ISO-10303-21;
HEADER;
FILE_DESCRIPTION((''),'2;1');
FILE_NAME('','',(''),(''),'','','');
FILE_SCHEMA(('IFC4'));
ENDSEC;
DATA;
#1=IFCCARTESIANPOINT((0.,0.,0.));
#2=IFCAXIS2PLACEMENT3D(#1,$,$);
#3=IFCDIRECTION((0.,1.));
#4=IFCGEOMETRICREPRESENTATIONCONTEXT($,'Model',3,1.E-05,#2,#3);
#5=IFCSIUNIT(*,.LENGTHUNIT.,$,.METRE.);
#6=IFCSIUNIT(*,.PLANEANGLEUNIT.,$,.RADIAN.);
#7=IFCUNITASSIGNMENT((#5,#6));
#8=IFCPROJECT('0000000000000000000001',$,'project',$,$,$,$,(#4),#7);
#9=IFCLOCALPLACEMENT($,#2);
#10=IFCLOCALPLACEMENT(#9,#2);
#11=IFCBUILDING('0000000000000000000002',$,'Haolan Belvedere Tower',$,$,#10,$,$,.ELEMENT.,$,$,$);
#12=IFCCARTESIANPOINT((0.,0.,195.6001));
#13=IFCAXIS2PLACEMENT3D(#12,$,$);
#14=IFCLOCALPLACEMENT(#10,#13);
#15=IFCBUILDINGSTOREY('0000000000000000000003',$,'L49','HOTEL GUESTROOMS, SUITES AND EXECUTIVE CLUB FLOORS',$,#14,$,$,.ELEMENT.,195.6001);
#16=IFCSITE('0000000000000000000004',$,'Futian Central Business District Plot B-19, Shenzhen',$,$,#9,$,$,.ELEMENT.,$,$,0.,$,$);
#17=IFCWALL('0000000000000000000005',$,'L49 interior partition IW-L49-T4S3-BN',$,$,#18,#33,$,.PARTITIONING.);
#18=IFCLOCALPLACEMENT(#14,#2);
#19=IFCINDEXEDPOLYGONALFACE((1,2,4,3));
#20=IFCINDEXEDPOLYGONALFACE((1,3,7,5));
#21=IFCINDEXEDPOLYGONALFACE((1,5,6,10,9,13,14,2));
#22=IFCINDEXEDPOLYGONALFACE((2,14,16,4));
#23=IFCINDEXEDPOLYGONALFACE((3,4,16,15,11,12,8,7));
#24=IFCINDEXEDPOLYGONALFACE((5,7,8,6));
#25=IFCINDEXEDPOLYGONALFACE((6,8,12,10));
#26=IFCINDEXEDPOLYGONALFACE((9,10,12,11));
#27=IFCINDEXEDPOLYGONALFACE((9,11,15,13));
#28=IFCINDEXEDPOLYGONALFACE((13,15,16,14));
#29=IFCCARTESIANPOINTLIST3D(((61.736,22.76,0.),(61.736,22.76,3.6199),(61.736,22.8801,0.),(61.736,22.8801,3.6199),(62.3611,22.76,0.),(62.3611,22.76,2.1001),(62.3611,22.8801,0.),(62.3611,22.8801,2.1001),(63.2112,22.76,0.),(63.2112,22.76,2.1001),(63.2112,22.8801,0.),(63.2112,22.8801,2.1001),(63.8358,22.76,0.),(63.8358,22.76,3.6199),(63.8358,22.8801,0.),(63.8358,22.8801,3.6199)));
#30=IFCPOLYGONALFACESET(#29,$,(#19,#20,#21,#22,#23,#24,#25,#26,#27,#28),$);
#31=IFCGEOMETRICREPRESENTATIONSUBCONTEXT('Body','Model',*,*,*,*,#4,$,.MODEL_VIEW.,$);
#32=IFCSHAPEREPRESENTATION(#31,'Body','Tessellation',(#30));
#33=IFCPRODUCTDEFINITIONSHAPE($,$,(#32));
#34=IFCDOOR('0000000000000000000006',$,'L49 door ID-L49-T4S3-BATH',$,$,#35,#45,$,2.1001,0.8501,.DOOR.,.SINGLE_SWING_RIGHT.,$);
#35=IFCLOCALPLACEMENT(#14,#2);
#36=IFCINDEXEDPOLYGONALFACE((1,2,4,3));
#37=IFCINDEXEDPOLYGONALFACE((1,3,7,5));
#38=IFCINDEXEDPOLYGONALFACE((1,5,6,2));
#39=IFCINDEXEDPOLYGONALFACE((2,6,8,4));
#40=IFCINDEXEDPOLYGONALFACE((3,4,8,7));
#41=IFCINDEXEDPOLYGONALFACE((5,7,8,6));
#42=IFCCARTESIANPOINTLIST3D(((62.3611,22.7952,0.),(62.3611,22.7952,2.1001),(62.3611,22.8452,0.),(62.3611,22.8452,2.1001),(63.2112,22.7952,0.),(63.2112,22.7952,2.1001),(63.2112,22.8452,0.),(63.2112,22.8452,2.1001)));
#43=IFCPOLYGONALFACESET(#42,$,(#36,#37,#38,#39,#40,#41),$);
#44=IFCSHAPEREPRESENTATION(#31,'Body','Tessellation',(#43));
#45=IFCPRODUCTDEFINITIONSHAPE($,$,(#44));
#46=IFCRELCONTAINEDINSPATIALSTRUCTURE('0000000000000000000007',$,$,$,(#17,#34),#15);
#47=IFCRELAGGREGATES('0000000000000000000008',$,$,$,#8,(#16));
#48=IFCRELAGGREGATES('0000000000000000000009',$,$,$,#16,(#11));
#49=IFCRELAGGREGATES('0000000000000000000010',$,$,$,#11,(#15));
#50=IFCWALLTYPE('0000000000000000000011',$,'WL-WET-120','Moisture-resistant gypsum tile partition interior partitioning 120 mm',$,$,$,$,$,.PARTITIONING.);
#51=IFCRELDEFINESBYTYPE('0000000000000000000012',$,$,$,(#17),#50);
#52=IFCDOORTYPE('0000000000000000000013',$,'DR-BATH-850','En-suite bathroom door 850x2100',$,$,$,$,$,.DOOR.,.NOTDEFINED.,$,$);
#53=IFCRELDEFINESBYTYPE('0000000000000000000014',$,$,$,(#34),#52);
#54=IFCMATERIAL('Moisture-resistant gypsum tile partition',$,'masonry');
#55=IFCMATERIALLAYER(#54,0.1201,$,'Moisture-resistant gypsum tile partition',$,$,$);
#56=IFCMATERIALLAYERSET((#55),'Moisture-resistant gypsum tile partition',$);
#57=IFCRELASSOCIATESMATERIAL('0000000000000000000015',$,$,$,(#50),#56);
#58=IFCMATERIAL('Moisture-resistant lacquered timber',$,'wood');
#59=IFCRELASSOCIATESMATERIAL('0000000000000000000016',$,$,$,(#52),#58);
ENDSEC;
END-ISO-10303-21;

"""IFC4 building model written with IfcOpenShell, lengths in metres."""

from ifc_helpers import new_model, si_unit, direction, frame, frame_2d, origin, place, context, subcontext, project, spatial, rectangle, extrude, material, layer, layer_set, type_object, element, fill, save


model = new_model("IFC4")

# Units and contexts
model_context = context("Model", 3, precision=1e-05, world=origin(), true_north=direction((0.0, 1.0)))
body_context = subcontext(model_context, "Body", "Model", "MODEL_VIEW")
ifc_project = project(units=[si_unit("LENGTHUNIT", "METRE"), si_unit("PLANEANGLEUNIT", "RADIAN")], contexts=[model_context])

# Site, building, storey
site_placement = place(None, origin())
site = spatial("IfcSite", under=ifc_project, at=site_placement, Name="Futian Central Business District Plot B-19, Shenzhen", CompositionType="ELEMENT", RefElevation=0.0)
building_placement = place(site_placement, origin())
building = spatial("IfcBuilding", under=site, at=building_placement, Name="Haolan Belvedere Tower", CompositionType="ELEMENT")
storey_placement = place(building_placement, frame((0.0, 0.0, 195.6001)))
storey = spatial("IfcBuildingStorey", under=building, at=storey_placement, Name="L49", Description="HOTEL GUESTROOMS, SUITES AND EXECUTIVE CLUB FLOORS", CompositionType="ELEMENT", Elevation=195.6001)

# Shared definitions
ifc_material_1 = material(Name="Moisture-resistant gypsum tile partition", Category="masonry")
ifc_layer_1 = layer(ifc_material_1, 0.1201, Name="Moisture-resistant gypsum tile partition")
ifc_layer_set_1 = layer_set([ifc_layer_1], Name="Moisture-resistant gypsum tile partition")
wall_type_1 = type_object("IfcWallType", Name="WL-WET-120", Description="Moisture-resistant gypsum tile partition interior partitioning 120 mm", PredefinedType="PARTITIONING", material=ifc_layer_set_1)

# Shared definitions
ifc_material_2 = material(Name="Moisture-resistant lacquered timber", Category="wood")
door_type_1 = type_object("IfcDoorType", Name="DR-BATH-850", Description="En-suite bathroom door 850x2100", OperationType="NOTDEFINED", PredefinedType="DOOR", material=ifc_material_2)

# Wall, opening, door
wall_1_placement = place(storey_placement, frame((61.7361, 22.8201, 0.0), z_axis=(0.0, 0.0, 1.0), x_axis=(1.0, 0.0, 0.0)))
wall_1 = element("IfcWall", 1, at=wall_1_placement, inside=storey, type_object=wall_type_1, Name="L49 interior partition IW-L49-T4S3-BN", PredefinedType="PARTITIONING", context=body_context, shape_type="SweptSolid", body=[
    extrude(rectangle(XDim=2.0999, YDim=0.1201, at=frame_2d((1.0498, 0.0))), origin(), (0.0, 0.0, 1.0), 3.6199),
])
opening_1_placement = place(wall_1_placement, frame((1.4751, 0.0, 0.0), z_axis=(0.0, 0.0, 1.0), x_axis=(-1.0, 0.0, 0.0)))
opening_1 = element("IfcOpeningElement", 2, at=opening_1_placement, cuts=wall_1, PredefinedType="OPENING", context=body_context, shape_type="SweptSolid", body=[
    extrude(rectangle(XDim=0.8501, YDim=2.1001, at=frame_2d((0.425, 1.05))), frame((0.0, 0.0701, 0.0), z_axis=(0.0, -1.0, 0.0), x_axis=(1.0, 0.0, 0.0)), (0.0, 0.0, 1.0), 0.1401),
])
door_1_placement = place(opening_1_placement, origin())
door_1 = element("IfcDoor", 3, at=door_1_placement, inside=storey, type_object=door_type_1, Name="L49 door ID-L49-T4S3-BATH", OperationType="SINGLE_SWING_RIGHT", OverallHeight=2.1001, OverallWidth=0.8501, PredefinedType="DOOR", context=body_context, shape_type="SweptSolid", body=[
    extrude(rectangle(XDim=0.8501, YDim=2.1001, at=frame_2d((0.425, 1.05))), frame((0.0, 0.0249, 0.0), z_axis=(0.0, -1.0, 0.0), x_axis=(1.0, 0.0, 0.0)), (0.0, 0.0, 1.0), 0.05),
])
fill(opening_1, door_1)

save(model, "model.ifc")
